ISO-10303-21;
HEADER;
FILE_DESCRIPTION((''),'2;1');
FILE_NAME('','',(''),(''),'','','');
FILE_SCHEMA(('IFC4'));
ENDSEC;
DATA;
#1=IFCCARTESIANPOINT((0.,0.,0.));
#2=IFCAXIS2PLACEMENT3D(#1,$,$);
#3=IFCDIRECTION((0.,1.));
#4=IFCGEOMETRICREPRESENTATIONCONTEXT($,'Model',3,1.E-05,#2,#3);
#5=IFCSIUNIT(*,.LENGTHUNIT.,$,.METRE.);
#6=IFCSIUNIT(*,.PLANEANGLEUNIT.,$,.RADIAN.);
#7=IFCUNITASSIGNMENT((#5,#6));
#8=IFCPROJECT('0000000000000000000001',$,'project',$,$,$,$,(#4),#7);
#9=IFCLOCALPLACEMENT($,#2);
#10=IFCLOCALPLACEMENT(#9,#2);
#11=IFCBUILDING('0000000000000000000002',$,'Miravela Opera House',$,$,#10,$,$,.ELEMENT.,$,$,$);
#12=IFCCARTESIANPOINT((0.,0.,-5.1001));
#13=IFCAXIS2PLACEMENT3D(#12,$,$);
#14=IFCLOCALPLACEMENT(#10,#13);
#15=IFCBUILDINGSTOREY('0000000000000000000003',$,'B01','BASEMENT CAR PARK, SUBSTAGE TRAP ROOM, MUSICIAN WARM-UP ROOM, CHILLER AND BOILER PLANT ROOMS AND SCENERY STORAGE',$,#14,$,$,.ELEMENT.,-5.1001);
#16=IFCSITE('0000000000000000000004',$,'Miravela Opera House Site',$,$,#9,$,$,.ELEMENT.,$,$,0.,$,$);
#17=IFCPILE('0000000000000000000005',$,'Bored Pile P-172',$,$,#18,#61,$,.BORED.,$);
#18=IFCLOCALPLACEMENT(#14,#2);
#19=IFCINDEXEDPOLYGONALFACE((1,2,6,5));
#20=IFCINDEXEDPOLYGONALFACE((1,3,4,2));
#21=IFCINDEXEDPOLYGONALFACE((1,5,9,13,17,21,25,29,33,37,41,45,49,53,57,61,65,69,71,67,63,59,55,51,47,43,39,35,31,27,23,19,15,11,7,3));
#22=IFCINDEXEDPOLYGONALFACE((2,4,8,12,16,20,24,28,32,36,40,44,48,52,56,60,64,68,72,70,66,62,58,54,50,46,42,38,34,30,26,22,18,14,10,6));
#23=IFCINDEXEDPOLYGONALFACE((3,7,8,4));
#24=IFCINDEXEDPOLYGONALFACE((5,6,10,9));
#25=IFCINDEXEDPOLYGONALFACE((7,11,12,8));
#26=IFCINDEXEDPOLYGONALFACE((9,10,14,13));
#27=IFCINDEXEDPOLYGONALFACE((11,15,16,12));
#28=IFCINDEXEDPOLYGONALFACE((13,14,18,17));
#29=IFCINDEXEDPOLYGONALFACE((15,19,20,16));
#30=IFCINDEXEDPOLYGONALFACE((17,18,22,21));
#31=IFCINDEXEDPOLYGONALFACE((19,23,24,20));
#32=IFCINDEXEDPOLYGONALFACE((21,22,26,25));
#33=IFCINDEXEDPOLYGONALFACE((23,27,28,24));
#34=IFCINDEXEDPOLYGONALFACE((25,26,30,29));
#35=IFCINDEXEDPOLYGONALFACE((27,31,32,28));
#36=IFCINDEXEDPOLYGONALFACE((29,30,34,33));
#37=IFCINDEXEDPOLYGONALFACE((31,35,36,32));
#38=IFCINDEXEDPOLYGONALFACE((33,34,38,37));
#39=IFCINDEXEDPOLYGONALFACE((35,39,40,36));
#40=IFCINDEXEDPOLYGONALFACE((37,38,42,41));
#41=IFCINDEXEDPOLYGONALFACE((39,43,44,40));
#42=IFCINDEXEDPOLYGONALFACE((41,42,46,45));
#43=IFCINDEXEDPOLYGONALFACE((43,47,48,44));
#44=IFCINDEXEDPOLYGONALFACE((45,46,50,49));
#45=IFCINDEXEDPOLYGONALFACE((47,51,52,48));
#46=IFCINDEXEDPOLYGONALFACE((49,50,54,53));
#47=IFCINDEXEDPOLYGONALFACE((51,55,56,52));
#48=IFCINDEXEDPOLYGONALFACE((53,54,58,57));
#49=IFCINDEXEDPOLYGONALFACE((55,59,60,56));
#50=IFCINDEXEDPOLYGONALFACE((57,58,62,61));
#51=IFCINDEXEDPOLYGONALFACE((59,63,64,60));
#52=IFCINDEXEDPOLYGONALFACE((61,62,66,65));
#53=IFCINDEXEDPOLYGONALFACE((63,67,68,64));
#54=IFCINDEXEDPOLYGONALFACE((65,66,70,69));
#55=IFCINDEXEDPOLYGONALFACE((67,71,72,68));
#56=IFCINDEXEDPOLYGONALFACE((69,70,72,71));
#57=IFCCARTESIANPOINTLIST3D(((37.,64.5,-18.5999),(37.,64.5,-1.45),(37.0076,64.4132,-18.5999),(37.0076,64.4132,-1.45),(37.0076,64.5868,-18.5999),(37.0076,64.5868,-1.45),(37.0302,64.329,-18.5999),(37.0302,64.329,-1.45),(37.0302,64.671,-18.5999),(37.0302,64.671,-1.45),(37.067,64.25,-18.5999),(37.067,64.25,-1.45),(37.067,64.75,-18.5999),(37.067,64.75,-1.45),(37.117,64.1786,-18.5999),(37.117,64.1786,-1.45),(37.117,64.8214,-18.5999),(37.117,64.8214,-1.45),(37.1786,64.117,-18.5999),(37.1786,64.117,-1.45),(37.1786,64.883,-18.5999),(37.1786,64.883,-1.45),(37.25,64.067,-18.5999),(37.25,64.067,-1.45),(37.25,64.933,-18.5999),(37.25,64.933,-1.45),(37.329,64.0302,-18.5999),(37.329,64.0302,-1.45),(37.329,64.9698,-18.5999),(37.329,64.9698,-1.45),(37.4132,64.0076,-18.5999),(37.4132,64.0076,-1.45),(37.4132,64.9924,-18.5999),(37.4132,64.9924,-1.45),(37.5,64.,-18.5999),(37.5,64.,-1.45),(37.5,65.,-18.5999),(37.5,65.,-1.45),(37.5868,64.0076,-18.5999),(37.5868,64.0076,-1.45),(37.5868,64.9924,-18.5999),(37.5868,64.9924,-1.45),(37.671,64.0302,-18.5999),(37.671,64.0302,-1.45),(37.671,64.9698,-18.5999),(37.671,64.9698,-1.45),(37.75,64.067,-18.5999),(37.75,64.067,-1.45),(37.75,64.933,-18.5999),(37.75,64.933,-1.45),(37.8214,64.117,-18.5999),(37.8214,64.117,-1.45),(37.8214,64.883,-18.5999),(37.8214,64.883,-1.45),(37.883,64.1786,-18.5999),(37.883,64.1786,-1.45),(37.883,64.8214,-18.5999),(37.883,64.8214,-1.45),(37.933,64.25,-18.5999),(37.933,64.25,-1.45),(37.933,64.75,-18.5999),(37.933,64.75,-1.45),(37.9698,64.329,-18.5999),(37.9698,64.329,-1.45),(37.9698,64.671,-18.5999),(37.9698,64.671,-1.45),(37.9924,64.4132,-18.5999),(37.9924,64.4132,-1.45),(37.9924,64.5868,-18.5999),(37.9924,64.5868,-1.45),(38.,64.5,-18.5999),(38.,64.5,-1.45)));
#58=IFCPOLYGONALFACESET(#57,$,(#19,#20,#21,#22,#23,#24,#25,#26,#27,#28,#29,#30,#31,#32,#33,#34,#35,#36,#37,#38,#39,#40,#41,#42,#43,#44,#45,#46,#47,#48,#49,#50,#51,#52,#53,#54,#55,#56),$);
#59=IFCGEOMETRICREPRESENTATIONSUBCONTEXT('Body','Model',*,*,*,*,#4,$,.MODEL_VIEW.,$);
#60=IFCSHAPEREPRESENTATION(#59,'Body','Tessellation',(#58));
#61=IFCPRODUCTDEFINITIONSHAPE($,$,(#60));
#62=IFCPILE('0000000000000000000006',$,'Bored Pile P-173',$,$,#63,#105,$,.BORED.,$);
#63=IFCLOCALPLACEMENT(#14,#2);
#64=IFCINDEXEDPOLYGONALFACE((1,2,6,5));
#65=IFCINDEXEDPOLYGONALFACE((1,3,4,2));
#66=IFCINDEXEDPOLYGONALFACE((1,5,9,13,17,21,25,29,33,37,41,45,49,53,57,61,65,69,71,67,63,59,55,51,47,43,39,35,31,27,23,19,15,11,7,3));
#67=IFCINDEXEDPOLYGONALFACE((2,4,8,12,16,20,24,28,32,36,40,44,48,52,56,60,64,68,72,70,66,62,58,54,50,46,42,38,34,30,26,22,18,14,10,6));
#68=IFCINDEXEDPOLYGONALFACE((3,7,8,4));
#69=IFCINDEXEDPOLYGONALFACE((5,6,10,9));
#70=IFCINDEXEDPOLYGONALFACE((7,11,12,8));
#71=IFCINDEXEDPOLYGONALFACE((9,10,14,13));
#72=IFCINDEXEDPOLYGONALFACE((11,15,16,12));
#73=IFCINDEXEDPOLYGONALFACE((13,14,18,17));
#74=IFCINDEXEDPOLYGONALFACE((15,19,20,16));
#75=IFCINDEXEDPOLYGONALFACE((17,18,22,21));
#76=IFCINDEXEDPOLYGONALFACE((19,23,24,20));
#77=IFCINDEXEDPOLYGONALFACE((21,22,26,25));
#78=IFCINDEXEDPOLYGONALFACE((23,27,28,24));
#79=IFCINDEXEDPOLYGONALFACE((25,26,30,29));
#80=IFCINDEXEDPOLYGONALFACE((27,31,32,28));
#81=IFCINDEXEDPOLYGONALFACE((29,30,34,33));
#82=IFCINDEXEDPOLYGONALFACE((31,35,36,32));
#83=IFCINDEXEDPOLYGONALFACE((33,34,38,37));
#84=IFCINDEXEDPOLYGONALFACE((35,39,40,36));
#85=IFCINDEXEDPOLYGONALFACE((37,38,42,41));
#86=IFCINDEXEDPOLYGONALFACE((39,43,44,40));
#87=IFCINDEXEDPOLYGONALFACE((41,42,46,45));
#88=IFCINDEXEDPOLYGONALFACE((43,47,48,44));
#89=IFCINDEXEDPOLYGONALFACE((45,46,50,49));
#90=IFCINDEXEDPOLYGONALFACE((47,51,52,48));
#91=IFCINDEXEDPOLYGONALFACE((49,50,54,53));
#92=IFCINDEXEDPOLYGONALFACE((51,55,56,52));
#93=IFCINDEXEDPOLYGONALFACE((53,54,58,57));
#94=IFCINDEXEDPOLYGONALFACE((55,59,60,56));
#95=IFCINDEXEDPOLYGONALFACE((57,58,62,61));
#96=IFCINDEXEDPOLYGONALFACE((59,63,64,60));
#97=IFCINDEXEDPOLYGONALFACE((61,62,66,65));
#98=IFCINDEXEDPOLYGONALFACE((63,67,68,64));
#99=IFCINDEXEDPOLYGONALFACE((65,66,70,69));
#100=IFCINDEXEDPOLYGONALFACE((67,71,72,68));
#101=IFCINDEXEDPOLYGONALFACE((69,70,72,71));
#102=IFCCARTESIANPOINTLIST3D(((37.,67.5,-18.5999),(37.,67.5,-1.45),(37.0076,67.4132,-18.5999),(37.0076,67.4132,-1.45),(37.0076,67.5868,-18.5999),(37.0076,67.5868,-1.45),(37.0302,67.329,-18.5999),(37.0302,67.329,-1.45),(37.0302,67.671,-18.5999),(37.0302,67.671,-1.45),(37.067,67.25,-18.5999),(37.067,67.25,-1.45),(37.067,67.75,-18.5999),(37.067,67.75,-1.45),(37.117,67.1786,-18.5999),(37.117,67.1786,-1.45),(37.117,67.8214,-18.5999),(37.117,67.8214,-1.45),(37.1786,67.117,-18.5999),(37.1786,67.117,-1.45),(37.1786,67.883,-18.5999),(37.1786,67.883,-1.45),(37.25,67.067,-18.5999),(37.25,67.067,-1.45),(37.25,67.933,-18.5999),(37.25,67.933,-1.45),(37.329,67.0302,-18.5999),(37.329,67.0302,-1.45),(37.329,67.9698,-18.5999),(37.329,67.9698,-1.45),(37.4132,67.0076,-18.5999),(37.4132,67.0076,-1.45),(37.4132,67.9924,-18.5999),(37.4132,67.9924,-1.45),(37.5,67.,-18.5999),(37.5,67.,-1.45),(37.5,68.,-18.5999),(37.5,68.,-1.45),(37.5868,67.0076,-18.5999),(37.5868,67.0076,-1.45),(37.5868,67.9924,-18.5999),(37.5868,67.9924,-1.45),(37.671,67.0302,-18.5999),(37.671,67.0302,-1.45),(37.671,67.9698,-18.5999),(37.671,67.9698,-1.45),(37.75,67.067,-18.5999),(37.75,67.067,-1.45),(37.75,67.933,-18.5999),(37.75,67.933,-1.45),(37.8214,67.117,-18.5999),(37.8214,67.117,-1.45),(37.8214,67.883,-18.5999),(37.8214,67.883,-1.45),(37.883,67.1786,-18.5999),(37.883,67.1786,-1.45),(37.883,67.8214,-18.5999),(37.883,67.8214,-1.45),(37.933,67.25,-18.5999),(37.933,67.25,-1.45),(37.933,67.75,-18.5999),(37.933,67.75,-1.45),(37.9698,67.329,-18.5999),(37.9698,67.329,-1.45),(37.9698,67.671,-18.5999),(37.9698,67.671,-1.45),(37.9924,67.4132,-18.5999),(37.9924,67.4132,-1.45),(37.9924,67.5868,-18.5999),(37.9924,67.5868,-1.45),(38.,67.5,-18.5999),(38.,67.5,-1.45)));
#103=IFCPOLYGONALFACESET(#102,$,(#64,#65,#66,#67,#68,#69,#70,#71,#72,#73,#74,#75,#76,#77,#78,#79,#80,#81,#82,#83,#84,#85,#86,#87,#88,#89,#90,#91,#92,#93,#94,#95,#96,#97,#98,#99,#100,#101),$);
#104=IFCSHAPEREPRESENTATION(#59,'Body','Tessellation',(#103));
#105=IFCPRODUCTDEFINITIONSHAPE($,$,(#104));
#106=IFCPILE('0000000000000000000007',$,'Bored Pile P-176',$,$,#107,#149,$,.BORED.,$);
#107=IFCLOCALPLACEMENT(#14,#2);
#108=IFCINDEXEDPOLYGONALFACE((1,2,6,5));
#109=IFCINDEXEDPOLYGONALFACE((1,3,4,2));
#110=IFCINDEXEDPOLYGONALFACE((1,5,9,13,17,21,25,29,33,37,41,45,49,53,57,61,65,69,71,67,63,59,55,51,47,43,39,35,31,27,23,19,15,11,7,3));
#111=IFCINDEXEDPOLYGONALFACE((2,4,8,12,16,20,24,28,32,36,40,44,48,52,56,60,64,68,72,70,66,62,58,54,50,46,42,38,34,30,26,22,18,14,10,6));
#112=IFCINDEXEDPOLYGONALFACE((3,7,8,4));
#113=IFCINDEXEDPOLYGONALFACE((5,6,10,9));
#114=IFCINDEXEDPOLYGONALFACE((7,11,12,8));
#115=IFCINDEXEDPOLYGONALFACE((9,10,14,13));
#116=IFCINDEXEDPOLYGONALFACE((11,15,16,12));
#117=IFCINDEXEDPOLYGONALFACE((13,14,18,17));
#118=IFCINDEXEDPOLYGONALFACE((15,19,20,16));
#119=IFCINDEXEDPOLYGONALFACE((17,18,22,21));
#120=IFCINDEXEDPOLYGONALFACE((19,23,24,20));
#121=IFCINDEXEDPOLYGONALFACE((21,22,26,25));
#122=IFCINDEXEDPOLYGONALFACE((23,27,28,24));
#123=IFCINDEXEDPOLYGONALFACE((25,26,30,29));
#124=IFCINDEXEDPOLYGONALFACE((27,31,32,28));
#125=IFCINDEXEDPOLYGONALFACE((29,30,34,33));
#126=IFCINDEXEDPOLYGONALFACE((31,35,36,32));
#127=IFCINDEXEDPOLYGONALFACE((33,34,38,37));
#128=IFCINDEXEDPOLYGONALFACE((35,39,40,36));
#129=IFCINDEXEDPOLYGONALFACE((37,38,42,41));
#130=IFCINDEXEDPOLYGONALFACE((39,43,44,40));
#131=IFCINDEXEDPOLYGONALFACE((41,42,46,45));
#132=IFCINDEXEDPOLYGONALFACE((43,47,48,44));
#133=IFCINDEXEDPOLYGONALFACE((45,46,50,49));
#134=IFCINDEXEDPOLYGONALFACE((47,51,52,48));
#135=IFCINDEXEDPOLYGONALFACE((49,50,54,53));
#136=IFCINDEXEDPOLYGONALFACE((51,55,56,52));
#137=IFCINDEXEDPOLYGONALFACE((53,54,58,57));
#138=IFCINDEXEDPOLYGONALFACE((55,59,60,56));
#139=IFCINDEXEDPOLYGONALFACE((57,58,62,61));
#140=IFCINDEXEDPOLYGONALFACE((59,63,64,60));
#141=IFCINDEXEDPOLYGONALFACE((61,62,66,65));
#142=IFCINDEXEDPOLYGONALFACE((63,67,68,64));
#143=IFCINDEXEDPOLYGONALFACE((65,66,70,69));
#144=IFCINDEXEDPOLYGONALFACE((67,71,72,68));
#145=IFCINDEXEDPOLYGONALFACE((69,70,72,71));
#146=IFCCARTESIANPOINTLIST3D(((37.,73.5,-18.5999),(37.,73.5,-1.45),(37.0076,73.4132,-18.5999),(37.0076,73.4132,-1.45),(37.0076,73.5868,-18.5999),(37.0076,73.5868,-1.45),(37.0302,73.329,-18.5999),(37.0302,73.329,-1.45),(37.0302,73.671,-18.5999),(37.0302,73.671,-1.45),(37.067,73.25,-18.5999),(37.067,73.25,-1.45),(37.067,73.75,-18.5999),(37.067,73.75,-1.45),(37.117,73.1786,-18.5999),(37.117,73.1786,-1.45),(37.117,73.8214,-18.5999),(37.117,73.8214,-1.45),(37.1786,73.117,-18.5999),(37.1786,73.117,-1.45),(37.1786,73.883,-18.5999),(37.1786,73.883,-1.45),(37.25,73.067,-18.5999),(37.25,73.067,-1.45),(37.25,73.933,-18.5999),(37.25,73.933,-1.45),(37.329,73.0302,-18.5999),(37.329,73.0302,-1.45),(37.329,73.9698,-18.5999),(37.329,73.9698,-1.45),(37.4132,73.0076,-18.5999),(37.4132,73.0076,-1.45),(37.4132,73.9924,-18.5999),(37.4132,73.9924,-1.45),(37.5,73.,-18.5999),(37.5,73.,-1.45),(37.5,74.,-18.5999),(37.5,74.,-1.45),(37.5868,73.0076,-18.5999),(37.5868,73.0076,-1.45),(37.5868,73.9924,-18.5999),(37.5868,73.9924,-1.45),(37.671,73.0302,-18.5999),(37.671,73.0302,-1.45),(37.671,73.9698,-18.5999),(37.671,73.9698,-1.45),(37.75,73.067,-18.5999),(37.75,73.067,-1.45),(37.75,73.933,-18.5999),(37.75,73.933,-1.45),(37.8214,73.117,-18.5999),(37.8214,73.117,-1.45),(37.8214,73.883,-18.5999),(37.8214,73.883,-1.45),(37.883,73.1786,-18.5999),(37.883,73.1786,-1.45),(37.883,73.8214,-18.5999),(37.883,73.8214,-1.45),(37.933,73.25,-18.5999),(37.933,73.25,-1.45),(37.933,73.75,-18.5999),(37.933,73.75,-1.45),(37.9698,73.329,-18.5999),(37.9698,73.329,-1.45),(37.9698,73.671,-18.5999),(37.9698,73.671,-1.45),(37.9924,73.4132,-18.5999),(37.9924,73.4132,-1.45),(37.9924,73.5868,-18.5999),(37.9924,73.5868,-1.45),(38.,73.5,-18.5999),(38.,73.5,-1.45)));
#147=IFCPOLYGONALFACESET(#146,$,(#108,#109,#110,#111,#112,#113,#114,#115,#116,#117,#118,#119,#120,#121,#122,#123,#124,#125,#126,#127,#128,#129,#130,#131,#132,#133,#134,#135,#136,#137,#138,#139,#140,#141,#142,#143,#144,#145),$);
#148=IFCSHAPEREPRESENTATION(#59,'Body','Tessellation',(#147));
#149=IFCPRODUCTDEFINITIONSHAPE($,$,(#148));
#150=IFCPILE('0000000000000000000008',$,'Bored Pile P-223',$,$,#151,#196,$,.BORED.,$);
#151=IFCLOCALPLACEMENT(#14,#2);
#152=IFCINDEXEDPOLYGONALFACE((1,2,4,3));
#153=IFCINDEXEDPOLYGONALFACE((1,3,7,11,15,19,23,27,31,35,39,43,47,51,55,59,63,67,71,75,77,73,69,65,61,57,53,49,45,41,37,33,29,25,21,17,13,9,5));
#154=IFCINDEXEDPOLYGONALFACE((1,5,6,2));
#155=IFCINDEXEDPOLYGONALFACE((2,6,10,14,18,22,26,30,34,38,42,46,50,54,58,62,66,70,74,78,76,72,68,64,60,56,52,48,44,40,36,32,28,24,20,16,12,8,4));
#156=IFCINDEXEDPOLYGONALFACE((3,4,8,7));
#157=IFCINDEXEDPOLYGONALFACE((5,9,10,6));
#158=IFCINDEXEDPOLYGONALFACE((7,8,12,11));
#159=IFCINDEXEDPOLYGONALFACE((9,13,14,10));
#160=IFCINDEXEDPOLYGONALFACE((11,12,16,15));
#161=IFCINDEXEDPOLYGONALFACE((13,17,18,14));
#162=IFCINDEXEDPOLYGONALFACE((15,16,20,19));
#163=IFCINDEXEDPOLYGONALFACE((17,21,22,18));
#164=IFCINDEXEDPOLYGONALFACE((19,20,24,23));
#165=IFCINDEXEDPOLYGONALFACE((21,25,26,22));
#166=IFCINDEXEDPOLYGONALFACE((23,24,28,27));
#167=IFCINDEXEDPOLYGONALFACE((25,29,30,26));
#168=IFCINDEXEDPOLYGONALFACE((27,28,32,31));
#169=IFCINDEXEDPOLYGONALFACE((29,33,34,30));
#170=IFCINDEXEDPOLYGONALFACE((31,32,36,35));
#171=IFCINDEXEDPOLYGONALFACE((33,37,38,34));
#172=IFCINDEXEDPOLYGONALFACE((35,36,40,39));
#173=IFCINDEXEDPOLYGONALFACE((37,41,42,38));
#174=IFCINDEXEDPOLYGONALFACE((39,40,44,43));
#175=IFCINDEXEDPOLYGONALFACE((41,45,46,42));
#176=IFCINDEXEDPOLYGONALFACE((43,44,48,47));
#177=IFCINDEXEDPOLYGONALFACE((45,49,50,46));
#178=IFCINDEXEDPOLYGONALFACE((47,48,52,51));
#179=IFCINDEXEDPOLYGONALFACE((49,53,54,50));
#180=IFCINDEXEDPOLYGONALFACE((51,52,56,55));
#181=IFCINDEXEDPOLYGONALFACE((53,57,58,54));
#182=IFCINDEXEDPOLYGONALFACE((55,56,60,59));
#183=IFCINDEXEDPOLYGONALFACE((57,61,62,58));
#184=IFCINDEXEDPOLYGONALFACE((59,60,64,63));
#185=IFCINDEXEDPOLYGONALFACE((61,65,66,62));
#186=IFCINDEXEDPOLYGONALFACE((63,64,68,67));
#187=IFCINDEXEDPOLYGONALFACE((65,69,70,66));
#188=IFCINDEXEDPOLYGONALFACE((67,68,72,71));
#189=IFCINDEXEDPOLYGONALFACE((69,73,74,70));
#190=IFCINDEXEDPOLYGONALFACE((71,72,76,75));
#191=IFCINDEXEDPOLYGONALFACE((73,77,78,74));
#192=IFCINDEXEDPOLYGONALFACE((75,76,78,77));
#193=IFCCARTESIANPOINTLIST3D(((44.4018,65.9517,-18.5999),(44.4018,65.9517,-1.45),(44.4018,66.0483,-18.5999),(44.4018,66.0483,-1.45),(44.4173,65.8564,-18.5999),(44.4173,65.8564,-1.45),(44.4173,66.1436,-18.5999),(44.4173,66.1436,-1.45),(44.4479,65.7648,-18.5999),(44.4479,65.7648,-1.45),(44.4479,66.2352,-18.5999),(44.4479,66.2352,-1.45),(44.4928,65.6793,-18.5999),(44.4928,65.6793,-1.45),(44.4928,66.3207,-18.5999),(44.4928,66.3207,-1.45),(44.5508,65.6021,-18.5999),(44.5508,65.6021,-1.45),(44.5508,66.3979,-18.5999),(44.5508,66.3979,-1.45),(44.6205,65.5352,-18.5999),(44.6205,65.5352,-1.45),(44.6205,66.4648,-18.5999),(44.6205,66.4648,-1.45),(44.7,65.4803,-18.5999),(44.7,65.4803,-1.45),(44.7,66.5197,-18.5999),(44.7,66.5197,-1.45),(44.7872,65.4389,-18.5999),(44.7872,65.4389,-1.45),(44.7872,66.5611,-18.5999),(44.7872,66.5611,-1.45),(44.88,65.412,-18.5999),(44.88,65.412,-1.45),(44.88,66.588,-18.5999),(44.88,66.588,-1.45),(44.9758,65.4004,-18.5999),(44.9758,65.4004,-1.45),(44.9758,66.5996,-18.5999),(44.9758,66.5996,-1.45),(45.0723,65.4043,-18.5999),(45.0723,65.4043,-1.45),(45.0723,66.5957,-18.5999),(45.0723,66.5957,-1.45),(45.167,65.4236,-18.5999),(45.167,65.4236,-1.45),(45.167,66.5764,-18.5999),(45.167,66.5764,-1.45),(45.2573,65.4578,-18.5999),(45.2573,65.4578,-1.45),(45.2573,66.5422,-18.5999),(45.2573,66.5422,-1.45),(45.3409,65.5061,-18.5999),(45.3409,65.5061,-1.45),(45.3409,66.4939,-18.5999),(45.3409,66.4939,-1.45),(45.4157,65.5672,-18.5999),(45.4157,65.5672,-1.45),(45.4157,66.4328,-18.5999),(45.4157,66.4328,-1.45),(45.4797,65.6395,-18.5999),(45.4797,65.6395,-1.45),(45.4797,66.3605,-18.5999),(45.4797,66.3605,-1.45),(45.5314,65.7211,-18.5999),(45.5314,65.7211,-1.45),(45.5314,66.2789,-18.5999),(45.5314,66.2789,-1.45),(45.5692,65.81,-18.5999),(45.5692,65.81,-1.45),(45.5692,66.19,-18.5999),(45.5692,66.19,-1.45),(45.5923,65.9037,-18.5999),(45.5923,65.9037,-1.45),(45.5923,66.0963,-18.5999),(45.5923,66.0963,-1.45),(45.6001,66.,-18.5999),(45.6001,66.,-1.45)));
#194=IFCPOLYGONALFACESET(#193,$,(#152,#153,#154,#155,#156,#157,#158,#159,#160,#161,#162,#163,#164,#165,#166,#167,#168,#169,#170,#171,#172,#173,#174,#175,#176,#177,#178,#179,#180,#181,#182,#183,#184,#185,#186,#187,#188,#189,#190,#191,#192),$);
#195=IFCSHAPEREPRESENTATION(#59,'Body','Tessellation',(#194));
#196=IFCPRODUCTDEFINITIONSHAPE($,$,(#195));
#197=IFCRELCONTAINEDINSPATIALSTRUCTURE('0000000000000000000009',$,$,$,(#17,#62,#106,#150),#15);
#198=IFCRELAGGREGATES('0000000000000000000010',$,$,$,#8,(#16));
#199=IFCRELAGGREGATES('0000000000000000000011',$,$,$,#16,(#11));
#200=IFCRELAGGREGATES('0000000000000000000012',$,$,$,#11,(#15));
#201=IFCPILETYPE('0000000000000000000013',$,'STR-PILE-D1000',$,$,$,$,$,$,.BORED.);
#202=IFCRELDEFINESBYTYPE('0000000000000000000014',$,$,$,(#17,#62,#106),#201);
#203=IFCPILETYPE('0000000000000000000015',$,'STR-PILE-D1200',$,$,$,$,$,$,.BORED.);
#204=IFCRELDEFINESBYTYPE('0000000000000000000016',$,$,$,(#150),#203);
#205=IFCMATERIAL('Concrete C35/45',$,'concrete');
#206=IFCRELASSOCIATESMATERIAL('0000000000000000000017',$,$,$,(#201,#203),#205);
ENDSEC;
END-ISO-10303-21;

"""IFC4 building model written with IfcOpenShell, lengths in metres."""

from ifc_helpers import new_model, si_unit, direction, frame, origin, origin_2d, place, context, subcontext, project, spatial, circle, extrude, material, material_profile, profile_set, type_object, element, save


model = new_model("IFC4")

# Units and contexts
model_context = context("Model", 3, precision=1e-05, world=origin(), true_north=direction((0.0, 1.0)))
body_context = subcontext(model_context, "Body", "Model", "MODEL_VIEW")
ifc_project = project(units=[si_unit("LENGTHUNIT", "METRE"), si_unit("PLANEANGLEUNIT", "RADIAN")], contexts=[model_context])

# Site, building, storey
site_placement = place(None, origin())
site = spatial("IfcSite", under=ifc_project, at=site_placement, Name="Miravela Opera House Site", CompositionType="ELEMENT", RefElevation=0.0)
building_placement = place(site_placement, origin())
building = spatial("IfcBuilding", under=site, at=building_placement, Name="Miravela Opera House", CompositionType="ELEMENT")
storey_placement = place(building_placement, frame((0.0, 0.0, -5.1001)))
storey = spatial("IfcBuildingStorey", under=building, at=storey_placement, Name="B01", Description="BASEMENT CAR PARK, SUBSTAGE TRAP ROOM, MUSICIAN WARM-UP ROOM, CHILLER AND BOILER PLANT ROOMS AND SCENERY STORAGE", CompositionType="ELEMENT", Elevation=-5.1001)

# Piles
ifc_material_1 = material(Name="Concrete C35/45", Category="concrete")
ifc_material_profile_1 = material_profile(ifc_material_1, circle(Radius=0.5, at=origin_2d()), Name="PILE-D1000")
ifc_profile_set_1 = profile_set([ifc_material_profile_1])
pile_type_1 = type_object("IfcPileType", Name="STR-PILE-D1000", PredefinedType="BORED", material=ifc_profile_set_1)
for number, where, z_axis, x_axis, name in (
    (1, (37.5, 64.5, -1.45), (0.0, 0.0, -1.0), (1.0, 0.0, 0.0), "Bored Pile P-172"),
    (2, (37.5, 67.5, -1.45), (0.0, 0.0, -1.0), (1.0, 0.0, 0.0), "Bored Pile P-173"),
    (3, (37.5, 73.5, -1.45), (0.0, 0.0, -1.0), (1.0, 0.0, 0.0), "Bored Pile P-176"),
):
    element("IfcPile", number, at=place(storey_placement, frame(where, z_axis=z_axis, x_axis=x_axis)), inside=storey, type_object=pile_type_1, Name=name, PredefinedType="BORED", context=body_context, shape_type="SweptSolid", body=[
        extrude(circle(Radius=0.5, at=origin_2d()), origin(), (0.0, 0.0, 1.0), 17.1499),
    ])
ifc_material_profile_2 = material_profile(ifc_material_1, circle(Radius=0.6001, at=origin_2d()), Name="PILE-D1200")
ifc_profile_set_2 = profile_set([ifc_material_profile_2])
pile_type_2 = type_object("IfcPileType", Name="STR-PILE-D1200", PredefinedType="BORED", material=ifc_profile_set_2)
for number, where, z_axis, x_axis, name in (
    (4, (45.0, 66.0, -1.45), (0.0, 0.0, -1.0), (1.0, 0.0, 0.0), "Bored Pile P-223"),
):
    element("IfcPile", number, at=place(storey_placement, frame(where, z_axis=z_axis, x_axis=x_axis)), inside=storey, type_object=pile_type_2, Name=name, PredefinedType="BORED", context=body_context, shape_type="SweptSolid", body=[
        extrude(circle(Radius=0.6001, at=origin_2d()), origin(), (0.0, 0.0, 1.0), 17.1499),
    ])

save(model, "model.ifc")
